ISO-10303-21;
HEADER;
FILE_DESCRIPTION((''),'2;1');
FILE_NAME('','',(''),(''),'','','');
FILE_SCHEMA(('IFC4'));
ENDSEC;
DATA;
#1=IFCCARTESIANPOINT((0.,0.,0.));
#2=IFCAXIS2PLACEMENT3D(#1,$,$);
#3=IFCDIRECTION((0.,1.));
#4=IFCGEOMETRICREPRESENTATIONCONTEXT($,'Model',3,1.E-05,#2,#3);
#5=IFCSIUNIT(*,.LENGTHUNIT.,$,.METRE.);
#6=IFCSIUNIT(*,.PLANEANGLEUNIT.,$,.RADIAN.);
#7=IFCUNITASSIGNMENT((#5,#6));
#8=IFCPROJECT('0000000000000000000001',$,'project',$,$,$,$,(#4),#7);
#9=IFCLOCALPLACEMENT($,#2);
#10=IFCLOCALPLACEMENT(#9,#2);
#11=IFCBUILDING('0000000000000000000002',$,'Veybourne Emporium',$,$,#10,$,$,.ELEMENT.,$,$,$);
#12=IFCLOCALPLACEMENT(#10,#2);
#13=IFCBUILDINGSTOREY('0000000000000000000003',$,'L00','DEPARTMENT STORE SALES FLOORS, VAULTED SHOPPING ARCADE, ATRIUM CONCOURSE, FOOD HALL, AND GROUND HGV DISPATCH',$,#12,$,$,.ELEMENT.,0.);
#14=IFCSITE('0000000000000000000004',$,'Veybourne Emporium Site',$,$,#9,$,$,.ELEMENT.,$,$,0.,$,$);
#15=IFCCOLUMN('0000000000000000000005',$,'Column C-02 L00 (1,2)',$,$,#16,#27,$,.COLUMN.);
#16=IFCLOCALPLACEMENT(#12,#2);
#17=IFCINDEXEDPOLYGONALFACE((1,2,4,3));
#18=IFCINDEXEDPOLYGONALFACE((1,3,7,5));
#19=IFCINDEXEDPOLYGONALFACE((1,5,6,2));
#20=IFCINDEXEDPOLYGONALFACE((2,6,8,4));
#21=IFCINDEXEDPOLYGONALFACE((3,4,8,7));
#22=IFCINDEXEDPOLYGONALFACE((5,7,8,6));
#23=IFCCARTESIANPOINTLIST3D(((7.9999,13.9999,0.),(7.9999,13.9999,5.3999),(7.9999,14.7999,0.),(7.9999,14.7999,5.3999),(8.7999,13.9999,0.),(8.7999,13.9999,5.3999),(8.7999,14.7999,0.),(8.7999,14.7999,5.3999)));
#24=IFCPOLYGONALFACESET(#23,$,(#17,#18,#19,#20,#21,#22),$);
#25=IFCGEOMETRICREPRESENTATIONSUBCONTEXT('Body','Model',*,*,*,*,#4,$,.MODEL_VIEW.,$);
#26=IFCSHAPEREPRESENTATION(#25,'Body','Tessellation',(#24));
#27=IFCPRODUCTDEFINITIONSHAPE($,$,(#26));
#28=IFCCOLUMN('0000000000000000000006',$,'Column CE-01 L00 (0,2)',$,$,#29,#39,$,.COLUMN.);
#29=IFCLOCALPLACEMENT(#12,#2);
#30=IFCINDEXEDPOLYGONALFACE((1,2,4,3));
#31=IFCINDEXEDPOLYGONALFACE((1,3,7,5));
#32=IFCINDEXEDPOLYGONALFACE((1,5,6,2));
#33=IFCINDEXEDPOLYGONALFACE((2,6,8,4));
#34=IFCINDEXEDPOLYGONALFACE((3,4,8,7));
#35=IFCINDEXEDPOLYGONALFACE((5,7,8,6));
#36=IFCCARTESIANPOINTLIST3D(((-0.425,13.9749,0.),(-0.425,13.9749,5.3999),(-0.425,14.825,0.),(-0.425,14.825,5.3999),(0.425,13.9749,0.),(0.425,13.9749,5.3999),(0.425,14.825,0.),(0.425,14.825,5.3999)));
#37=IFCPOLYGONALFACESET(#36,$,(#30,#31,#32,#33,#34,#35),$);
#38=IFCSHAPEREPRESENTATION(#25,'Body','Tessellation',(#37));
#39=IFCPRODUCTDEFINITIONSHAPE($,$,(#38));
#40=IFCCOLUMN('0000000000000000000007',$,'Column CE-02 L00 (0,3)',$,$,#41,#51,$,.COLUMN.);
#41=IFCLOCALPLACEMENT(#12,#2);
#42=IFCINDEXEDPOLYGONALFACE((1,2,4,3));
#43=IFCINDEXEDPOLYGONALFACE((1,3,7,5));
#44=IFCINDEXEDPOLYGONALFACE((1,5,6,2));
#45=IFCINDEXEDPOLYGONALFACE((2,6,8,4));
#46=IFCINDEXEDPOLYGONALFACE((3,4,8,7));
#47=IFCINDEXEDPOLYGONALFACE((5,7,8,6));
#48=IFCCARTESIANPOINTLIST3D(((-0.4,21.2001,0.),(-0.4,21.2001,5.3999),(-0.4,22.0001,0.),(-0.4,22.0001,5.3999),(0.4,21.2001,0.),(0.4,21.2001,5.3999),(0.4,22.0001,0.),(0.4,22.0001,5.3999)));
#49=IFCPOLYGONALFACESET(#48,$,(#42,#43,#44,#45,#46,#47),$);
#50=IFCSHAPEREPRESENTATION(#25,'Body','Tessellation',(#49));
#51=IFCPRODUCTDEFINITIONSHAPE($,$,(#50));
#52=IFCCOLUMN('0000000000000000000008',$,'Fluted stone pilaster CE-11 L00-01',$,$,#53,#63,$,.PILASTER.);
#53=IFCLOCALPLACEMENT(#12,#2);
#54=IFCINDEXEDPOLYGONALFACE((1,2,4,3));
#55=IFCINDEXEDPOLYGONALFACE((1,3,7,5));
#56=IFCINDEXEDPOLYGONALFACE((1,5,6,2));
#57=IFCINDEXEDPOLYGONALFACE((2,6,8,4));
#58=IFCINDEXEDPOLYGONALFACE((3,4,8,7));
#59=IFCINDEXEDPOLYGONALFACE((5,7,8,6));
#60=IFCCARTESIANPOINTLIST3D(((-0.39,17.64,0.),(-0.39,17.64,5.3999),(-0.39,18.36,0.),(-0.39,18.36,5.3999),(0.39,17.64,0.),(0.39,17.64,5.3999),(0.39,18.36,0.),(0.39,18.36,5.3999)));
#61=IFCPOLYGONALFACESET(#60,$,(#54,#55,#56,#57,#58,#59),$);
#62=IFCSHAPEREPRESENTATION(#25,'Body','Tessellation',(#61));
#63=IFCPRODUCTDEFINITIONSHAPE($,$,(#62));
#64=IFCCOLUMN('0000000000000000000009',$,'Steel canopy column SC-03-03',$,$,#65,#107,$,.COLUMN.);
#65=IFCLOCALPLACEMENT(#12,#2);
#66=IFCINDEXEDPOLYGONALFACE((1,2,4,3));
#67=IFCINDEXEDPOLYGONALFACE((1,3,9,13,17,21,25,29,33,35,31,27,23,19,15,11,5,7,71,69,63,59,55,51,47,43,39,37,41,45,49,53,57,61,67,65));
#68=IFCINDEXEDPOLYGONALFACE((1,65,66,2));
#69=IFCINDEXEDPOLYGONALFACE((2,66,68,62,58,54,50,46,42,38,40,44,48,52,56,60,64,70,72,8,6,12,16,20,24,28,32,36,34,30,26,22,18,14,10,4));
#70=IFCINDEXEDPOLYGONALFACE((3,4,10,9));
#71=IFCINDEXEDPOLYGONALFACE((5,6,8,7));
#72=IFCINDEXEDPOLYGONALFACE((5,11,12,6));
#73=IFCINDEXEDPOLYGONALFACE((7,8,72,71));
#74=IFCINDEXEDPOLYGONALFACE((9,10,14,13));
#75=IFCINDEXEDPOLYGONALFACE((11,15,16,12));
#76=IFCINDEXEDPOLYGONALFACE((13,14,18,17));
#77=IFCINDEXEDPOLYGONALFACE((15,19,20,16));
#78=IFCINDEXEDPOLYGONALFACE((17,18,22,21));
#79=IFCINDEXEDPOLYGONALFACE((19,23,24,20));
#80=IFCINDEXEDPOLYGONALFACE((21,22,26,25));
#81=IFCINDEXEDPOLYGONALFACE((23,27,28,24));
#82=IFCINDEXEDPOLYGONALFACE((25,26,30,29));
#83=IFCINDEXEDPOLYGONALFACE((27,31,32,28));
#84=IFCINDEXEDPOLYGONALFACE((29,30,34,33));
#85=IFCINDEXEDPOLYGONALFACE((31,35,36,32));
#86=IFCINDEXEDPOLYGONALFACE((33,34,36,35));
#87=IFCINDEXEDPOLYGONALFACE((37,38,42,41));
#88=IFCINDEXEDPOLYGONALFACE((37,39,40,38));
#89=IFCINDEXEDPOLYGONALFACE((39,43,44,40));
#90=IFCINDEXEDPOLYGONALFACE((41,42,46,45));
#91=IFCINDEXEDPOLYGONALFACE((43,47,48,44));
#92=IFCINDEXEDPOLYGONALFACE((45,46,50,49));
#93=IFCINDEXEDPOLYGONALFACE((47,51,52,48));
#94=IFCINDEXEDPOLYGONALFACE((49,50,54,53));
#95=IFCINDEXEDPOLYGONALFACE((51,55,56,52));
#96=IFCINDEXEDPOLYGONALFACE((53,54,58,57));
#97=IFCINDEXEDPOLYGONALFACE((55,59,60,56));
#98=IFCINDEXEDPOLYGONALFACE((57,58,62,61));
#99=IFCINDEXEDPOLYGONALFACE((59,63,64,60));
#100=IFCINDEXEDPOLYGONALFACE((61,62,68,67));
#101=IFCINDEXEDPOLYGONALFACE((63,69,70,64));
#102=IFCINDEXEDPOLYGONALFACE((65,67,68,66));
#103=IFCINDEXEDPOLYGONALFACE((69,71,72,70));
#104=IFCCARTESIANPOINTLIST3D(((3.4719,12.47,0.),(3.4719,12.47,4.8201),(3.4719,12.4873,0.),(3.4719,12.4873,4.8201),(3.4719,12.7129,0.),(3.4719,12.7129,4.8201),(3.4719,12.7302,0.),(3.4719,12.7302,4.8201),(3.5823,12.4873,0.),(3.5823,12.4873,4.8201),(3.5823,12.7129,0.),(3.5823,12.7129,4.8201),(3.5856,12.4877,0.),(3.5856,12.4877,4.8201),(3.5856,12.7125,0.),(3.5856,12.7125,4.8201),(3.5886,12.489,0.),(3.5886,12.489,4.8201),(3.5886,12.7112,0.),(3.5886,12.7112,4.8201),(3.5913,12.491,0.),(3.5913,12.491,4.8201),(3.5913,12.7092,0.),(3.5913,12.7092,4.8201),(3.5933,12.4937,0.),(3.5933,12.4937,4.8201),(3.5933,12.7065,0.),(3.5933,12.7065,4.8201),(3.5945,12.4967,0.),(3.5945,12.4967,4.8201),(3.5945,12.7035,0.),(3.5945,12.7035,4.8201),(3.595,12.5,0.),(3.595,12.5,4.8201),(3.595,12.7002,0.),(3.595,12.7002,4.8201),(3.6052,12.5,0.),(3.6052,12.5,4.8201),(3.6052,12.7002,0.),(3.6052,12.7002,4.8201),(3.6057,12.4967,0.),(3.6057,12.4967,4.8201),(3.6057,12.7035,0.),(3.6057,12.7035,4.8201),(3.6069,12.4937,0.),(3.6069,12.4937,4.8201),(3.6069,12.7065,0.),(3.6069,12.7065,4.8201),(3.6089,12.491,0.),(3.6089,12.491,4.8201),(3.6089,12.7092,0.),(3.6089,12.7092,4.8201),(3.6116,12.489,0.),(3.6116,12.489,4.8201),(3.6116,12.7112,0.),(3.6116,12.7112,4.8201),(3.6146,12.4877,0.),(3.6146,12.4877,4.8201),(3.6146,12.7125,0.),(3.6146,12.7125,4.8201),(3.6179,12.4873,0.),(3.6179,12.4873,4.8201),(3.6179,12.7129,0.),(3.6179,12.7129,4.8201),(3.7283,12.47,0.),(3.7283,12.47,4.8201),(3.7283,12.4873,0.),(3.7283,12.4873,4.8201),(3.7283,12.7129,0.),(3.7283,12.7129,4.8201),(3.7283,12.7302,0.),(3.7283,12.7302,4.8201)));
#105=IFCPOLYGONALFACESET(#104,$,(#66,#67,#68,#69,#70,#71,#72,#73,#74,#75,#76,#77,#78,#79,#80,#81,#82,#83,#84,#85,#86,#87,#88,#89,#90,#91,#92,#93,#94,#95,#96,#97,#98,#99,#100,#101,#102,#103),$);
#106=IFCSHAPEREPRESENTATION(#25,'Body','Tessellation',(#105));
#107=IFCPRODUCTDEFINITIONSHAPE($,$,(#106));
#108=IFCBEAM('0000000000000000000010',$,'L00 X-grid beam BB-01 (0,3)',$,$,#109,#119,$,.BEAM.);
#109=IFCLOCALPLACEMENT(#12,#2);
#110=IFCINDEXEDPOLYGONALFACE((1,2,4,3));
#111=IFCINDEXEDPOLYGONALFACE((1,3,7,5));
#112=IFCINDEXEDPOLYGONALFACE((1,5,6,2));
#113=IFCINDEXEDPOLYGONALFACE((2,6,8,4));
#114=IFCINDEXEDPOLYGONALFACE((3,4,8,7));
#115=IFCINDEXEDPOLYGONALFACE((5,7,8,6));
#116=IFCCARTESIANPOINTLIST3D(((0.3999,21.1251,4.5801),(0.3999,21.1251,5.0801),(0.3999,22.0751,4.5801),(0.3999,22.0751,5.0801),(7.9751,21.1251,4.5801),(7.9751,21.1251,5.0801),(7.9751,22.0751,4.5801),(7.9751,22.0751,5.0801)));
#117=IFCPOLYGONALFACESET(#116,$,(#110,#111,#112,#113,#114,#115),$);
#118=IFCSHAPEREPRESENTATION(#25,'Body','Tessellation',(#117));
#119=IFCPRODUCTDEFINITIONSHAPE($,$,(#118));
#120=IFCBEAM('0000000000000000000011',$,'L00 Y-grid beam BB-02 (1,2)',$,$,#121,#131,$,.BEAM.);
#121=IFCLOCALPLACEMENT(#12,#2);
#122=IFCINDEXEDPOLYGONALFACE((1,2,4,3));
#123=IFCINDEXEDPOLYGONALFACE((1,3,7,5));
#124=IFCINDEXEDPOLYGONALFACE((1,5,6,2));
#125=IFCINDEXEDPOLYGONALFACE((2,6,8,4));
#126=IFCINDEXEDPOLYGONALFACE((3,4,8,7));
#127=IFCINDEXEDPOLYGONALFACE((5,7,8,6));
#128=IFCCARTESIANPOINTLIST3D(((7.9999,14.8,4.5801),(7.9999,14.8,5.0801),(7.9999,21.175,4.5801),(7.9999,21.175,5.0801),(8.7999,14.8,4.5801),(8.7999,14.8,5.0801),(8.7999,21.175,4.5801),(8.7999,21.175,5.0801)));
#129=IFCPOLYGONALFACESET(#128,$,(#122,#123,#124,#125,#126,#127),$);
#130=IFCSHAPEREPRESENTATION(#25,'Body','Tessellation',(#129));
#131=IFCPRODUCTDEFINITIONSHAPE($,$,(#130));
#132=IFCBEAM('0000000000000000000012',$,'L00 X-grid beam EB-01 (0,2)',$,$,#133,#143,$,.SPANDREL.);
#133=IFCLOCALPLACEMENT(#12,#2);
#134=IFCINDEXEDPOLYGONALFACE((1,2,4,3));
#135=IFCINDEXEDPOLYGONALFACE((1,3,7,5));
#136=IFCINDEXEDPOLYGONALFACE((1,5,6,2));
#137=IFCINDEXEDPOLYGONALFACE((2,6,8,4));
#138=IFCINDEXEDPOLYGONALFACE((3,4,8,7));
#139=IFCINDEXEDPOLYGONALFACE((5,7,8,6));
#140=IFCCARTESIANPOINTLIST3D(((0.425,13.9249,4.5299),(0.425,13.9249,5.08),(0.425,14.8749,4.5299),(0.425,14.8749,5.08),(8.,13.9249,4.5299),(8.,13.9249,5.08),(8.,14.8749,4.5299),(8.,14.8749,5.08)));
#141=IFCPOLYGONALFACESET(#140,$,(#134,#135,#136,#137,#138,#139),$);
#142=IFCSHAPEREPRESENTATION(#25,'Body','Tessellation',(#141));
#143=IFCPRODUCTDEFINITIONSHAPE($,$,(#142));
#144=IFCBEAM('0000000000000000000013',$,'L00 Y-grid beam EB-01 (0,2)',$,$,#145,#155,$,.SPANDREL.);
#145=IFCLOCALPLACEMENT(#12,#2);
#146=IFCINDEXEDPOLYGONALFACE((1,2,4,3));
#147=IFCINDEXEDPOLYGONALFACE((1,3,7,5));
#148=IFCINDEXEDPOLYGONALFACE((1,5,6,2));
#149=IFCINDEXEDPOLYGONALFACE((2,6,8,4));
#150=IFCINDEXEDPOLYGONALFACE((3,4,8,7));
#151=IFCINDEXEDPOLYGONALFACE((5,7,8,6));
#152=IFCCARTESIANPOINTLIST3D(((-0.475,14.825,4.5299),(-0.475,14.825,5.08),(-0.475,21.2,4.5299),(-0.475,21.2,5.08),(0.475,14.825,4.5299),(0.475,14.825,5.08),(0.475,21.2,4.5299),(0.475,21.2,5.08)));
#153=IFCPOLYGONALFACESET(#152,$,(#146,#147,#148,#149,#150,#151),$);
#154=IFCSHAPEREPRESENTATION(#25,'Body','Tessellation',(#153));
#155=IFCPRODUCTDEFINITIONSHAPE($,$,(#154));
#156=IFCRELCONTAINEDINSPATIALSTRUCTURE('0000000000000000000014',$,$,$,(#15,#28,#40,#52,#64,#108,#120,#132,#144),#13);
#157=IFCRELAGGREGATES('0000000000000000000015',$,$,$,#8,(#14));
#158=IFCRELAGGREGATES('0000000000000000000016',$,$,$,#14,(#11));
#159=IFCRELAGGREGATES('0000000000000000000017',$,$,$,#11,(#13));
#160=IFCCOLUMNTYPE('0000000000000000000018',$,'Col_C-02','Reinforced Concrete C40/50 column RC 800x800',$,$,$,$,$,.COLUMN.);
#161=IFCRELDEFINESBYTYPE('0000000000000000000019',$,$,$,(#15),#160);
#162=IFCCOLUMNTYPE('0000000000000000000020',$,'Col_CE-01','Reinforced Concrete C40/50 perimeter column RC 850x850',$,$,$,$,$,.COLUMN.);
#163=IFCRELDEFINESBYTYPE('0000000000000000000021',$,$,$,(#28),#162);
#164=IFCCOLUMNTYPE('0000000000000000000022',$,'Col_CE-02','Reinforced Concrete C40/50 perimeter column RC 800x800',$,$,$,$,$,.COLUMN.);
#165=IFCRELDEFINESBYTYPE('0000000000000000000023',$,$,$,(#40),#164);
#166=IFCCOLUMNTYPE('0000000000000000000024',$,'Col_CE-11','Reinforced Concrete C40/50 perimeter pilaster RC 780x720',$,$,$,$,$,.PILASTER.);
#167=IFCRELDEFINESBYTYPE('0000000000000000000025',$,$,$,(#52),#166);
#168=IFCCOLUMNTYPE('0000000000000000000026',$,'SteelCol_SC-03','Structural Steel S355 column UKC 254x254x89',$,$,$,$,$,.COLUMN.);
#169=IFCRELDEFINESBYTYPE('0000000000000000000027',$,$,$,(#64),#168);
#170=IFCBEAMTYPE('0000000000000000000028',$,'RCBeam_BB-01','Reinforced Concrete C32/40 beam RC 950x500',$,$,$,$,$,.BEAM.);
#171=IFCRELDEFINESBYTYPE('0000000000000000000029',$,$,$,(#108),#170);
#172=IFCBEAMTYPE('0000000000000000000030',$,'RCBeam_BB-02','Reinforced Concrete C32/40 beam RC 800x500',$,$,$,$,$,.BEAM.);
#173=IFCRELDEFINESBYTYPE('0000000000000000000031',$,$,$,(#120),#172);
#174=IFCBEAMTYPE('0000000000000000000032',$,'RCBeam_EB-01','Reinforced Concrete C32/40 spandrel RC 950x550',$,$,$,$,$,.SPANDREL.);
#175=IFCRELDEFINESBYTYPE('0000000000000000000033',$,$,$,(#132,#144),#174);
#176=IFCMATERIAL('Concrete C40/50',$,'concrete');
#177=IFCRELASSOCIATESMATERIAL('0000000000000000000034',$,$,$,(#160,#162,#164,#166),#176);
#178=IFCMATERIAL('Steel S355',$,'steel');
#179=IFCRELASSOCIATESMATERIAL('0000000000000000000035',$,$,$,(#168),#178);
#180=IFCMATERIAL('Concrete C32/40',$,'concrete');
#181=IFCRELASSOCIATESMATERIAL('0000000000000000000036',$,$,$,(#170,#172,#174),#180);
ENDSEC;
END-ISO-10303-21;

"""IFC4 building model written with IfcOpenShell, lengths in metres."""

from ifc_helpers import new_model, si_unit, direction, frame, origin, origin_2d, place, context, subcontext, project, spatial, rectangle, i_section, extrude, material, material_profile, profile_set, type_object, element, save


model = new_model("IFC4")

# Units and contexts
model_context = context("Model", 3, precision=1e-05, world=origin(), true_north=direction((0.0, 1.0)))
body_context = subcontext(model_context, "Body", "Model", "MODEL_VIEW")
ifc_project = project(units=[si_unit("LENGTHUNIT", "METRE"), si_unit("PLANEANGLEUNIT", "RADIAN")], contexts=[model_context])

# Site, building, storey
site_placement = place(None, origin())
site = spatial("IfcSite", under=ifc_project, at=site_placement, Name="Veybourne Emporium Site", CompositionType="ELEMENT", RefElevation=0.0)
building_placement = place(site_placement, origin())
building = spatial("IfcBuilding", under=site, at=building_placement, Name="Veybourne Emporium", CompositionType="ELEMENT")
storey_placement = place(building_placement, origin())
storey = spatial("IfcBuildingStorey", under=building, at=storey_placement, Name="L00", Description="DEPARTMENT STORE SALES FLOORS, VAULTED SHOPPING ARCADE, ATRIUM CONCOURSE, FOOD HALL, AND GROUND HGV DISPATCH", CompositionType="ELEMENT", Elevation=0.0)

# Columns
ifc_material_1 = material(Name="Concrete C40/50", Category="concrete")
ifc_material_profile_1 = material_profile(ifc_material_1, rectangle(XDim=0.8, YDim=0.8, at=origin_2d()), Name="RC 800x800")
ifc_profile_set_1 = profile_set([ifc_material_profile_1], Name="Concrete C40/50")
column_type_1 = type_object("IfcColumnType", Name="Col_C-02", Description="Reinforced Concrete C40/50 column RC 800x800", PredefinedType="COLUMN", material=ifc_profile_set_1)
column_1_placement = place(storey_placement, frame((8.3999, 14.3999, 0.0), z_axis=(0.0, 0.0, 1.0), x_axis=(1.0, 0.0, 0.0)))
element("IfcColumn", 1, at=column_1_placement, inside=storey, type_object=column_type_1, Name="Column C-02 L00 (1,2)", PredefinedType="COLUMN", context=body_context, shape_type="SweptSolid", body=[
    extrude(rectangle(XDim=0.8, YDim=0.8, at=origin_2d()), origin(), (0.0, 0.0, 1.0), 5.3999),
])
ifc_material_profile_2 = material_profile(ifc_material_1, rectangle(XDim=0.8501, YDim=0.8501, at=origin_2d()), Name="RC 850x850")
ifc_profile_set_2 = profile_set([ifc_material_profile_2], Name="Concrete C40/50")
column_type_2 = type_object("IfcColumnType", Name="Col_CE-01", Description="Reinforced Concrete C40/50 perimeter column RC 850x850", PredefinedType="COLUMN", material=ifc_profile_set_2)
column_2_placement = place(storey_placement, frame((0.0, 14.3999, 0.0), z_axis=(0.0, 0.0, 1.0), x_axis=(1.0, 0.0, 0.0)))
element("IfcColumn", 2, at=column_2_placement, inside=storey, type_object=column_type_2, Name="Column CE-01 L00 (0,2)", PredefinedType="COLUMN", context=body_context, shape_type="SweptSolid", body=[
    extrude(rectangle(XDim=0.8501, YDim=0.8501, at=origin_2d()), origin(), (0.0, 0.0, 1.0), 5.3999),
])
ifc_material_profile_3 = material_profile(ifc_material_1, rectangle(XDim=0.8, YDim=0.8, at=origin_2d()), Name="RC 800x800")
ifc_profile_set_3 = profile_set([ifc_material_profile_3], Name="Concrete C40/50")
column_type_3 = type_object("IfcColumnType", Name="Col_CE-02", Description="Reinforced Concrete C40/50 perimeter column RC 800x800", PredefinedType="COLUMN", material=ifc_profile_set_3)
column_3_placement = place(storey_placement, frame((0.0, 21.6001, 0.0), z_axis=(0.0, 0.0, 1.0), x_axis=(1.0, 0.0, 0.0)))
element("IfcColumn", 3, at=column_3_placement, inside=storey, type_object=column_type_3, Name="Column CE-02 L00 (0,3)", PredefinedType="COLUMN", context=body_context, shape_type="SweptSolid", body=[
    extrude(rectangle(XDim=0.8, YDim=0.8, at=origin_2d()), origin(), (0.0, 0.0, 1.0), 5.3999),
])
ifc_material_profile_4 = material_profile(ifc_material_1, rectangle(XDim=0.78, YDim=0.72, at=origin_2d()), Name="RC 780x720")
ifc_profile_set_4 = profile_set([ifc_material_profile_4], Name="Concrete C40/50")
column_type_4 = type_object("IfcColumnType", Name="Col_CE-11", Description="Reinforced Concrete C40/50 perimeter pilaster RC 780x720", PredefinedType="PILASTER", material=ifc_profile_set_4)
column_4_placement = place(storey_placement, frame((0.0, 18.0, 0.0), z_axis=(0.0, 0.0, 1.0), x_axis=(1.0, 0.0, 0.0)))
element("IfcColumn", 4, at=column_4_placement, inside=storey, type_object=column_type_4, Name="Fluted stone pilaster CE-11 L00-01", PredefinedType="PILASTER", context=body_context, shape_type="SweptSolid", body=[
    extrude(rectangle(XDim=0.78, YDim=0.72, at=origin_2d()), origin(), (0.0, 0.0, 1.0), 5.3999),
])
ifc_material_2 = material(Name="Steel S355", Category="steel")
ifc_material_profile_5 = material_profile(ifc_material_2, i_section(OverallWidth=0.2563, OverallDepth=0.2603, WebThickness=0.0103, FlangeThickness=0.0173, FilletRadius=0.0127, at=origin_2d()), Name="UKC 254x254x89")
ifc_profile_set_5 = profile_set([ifc_material_profile_5], Name="Steel S355")
column_type_5 = type_object("IfcColumnType", Name="SteelCol_SC-03", Description="Structural Steel S355 column UKC 254x254x89", PredefinedType="COLUMN", material=ifc_profile_set_5)
column_5_placement = place(storey_placement, frame((3.6001, 12.6001, 0.0), z_axis=(0.0, 0.0, 1.0), x_axis=(1.0, 0.0, 0.0)))
element("IfcColumn", 5, at=column_5_placement, inside=storey, type_object=column_type_5, Name="Steel canopy column SC-03-03", PredefinedType="COLUMN", context=body_context, shape_type="SweptSolid", body=[
    extrude(i_section(OverallWidth=0.2563, OverallDepth=0.2603, WebThickness=0.0103, FlangeThickness=0.0173, FilletRadius=0.0127, at=origin_2d()), origin(), (0.0, 0.0, 1.0), 4.8201),
])

# Beams
ifc_material_3 = material(Name="Concrete C32/40", Category="concrete")
ifc_material_profile_6 = material_profile(ifc_material_3, rectangle(XDim=0.95, YDim=0.5, at=origin_2d()), Name="RC 950x500")
ifc_profile_set_6 = profile_set([ifc_material_profile_6], Name="Concrete C32/40")
beam_type_1 = type_object("IfcBeamType", Name="RCBeam_BB-01", Description="Reinforced Concrete C32/40 beam RC 950x500", PredefinedType="BEAM", material=ifc_profile_set_6)
beam_1_placement = place(storey_placement, frame((0.3999, 21.6001, 4.8301), z_axis=(1.0, 0.0, 0.0), x_axis=(0.0, 1.0, 0.0)))
element("IfcBeam", 6, at=beam_1_placement, inside=storey, type_object=beam_type_1, Name="L00 X-grid beam BB-01 (0,3)", PredefinedType="BEAM", context=body_context, shape_type="SweptSolid", body=[
    extrude(rectangle(XDim=0.95, YDim=0.5, at=origin_2d()), origin(), (0.0, 0.0, 1.0), 7.5752),
])
ifc_material_profile_7 = material_profile(ifc_material_3, rectangle(XDim=0.8, YDim=0.5, at=origin_2d()), Name="RC 800x500")
ifc_profile_set_7 = profile_set([ifc_material_profile_7], Name="Concrete C32/40")
beam_type_2 = type_object("IfcBeamType", Name="RCBeam_BB-02", Description="Reinforced Concrete C32/40 beam RC 800x500", PredefinedType="BEAM", material=ifc_profile_set_7)
beam_2_placement = place(storey_placement, frame((8.3999, 14.8, 4.8301), z_axis=(0.0, 1.0, 0.0), x_axis=(-1.0, 0.0, 0.0)))
element("IfcBeam", 7, at=beam_2_placement, inside=storey, type_object=beam_type_2, Name="L00 Y-grid beam BB-02 (1,2)", PredefinedType="BEAM", context=body_context, shape_type="SweptSolid", body=[
    extrude(rectangle(XDim=0.8, YDim=0.5, at=origin_2d()), origin(), (0.0, 0.0, 1.0), 6.375),
])
ifc_material_profile_8 = material_profile(ifc_material_3, rectangle(XDim=0.95, YDim=0.55, at=origin_2d()), Name="RC 950x550")
ifc_profile_set_8 = profile_set([ifc_material_profile_8], Name="Concrete C32/40")
beam_type_3 = type_object("IfcBeamType", Name="RCBeam_EB-01", Description="Reinforced Concrete C32/40 spandrel RC 950x550", PredefinedType="SPANDREL", material=ifc_profile_set_8)
beam_3_placement = place(storey_placement, frame((0.425, 14.3999, 4.8049), z_axis=(1.0, 0.0, 0.0), x_axis=(0.0, 1.0, 0.0)))
element("IfcBeam", 8, at=beam_3_placement, inside=storey, type_object=beam_type_3, Name="L00 X-grid beam EB-01 (0,2)", PredefinedType="SPANDREL", context=body_context, shape_type="SweptSolid", body=[
    extrude(rectangle(XDim=0.95, YDim=0.55, at=origin_2d()), origin(), (0.0, 0.0, 1.0), 7.575),
])
beam_4_placement = place(storey_placement, frame((0.0, 14.825, 4.8049), z_axis=(0.0, 1.0, 0.0), x_axis=(-1.0, 0.0, 0.0)))
element("IfcBeam", 9, at=beam_4_placement, inside=storey, type_object=beam_type_3, Name="L00 Y-grid beam EB-01 (0,2)", PredefinedType="SPANDREL", context=body_context, shape_type="SweptSolid", body=[
    extrude(rectangle(XDim=0.95, YDim=0.55, at=origin_2d()), origin(), (0.0, 0.0, 1.0), 6.375),
])

save(model, "model.ifc")
